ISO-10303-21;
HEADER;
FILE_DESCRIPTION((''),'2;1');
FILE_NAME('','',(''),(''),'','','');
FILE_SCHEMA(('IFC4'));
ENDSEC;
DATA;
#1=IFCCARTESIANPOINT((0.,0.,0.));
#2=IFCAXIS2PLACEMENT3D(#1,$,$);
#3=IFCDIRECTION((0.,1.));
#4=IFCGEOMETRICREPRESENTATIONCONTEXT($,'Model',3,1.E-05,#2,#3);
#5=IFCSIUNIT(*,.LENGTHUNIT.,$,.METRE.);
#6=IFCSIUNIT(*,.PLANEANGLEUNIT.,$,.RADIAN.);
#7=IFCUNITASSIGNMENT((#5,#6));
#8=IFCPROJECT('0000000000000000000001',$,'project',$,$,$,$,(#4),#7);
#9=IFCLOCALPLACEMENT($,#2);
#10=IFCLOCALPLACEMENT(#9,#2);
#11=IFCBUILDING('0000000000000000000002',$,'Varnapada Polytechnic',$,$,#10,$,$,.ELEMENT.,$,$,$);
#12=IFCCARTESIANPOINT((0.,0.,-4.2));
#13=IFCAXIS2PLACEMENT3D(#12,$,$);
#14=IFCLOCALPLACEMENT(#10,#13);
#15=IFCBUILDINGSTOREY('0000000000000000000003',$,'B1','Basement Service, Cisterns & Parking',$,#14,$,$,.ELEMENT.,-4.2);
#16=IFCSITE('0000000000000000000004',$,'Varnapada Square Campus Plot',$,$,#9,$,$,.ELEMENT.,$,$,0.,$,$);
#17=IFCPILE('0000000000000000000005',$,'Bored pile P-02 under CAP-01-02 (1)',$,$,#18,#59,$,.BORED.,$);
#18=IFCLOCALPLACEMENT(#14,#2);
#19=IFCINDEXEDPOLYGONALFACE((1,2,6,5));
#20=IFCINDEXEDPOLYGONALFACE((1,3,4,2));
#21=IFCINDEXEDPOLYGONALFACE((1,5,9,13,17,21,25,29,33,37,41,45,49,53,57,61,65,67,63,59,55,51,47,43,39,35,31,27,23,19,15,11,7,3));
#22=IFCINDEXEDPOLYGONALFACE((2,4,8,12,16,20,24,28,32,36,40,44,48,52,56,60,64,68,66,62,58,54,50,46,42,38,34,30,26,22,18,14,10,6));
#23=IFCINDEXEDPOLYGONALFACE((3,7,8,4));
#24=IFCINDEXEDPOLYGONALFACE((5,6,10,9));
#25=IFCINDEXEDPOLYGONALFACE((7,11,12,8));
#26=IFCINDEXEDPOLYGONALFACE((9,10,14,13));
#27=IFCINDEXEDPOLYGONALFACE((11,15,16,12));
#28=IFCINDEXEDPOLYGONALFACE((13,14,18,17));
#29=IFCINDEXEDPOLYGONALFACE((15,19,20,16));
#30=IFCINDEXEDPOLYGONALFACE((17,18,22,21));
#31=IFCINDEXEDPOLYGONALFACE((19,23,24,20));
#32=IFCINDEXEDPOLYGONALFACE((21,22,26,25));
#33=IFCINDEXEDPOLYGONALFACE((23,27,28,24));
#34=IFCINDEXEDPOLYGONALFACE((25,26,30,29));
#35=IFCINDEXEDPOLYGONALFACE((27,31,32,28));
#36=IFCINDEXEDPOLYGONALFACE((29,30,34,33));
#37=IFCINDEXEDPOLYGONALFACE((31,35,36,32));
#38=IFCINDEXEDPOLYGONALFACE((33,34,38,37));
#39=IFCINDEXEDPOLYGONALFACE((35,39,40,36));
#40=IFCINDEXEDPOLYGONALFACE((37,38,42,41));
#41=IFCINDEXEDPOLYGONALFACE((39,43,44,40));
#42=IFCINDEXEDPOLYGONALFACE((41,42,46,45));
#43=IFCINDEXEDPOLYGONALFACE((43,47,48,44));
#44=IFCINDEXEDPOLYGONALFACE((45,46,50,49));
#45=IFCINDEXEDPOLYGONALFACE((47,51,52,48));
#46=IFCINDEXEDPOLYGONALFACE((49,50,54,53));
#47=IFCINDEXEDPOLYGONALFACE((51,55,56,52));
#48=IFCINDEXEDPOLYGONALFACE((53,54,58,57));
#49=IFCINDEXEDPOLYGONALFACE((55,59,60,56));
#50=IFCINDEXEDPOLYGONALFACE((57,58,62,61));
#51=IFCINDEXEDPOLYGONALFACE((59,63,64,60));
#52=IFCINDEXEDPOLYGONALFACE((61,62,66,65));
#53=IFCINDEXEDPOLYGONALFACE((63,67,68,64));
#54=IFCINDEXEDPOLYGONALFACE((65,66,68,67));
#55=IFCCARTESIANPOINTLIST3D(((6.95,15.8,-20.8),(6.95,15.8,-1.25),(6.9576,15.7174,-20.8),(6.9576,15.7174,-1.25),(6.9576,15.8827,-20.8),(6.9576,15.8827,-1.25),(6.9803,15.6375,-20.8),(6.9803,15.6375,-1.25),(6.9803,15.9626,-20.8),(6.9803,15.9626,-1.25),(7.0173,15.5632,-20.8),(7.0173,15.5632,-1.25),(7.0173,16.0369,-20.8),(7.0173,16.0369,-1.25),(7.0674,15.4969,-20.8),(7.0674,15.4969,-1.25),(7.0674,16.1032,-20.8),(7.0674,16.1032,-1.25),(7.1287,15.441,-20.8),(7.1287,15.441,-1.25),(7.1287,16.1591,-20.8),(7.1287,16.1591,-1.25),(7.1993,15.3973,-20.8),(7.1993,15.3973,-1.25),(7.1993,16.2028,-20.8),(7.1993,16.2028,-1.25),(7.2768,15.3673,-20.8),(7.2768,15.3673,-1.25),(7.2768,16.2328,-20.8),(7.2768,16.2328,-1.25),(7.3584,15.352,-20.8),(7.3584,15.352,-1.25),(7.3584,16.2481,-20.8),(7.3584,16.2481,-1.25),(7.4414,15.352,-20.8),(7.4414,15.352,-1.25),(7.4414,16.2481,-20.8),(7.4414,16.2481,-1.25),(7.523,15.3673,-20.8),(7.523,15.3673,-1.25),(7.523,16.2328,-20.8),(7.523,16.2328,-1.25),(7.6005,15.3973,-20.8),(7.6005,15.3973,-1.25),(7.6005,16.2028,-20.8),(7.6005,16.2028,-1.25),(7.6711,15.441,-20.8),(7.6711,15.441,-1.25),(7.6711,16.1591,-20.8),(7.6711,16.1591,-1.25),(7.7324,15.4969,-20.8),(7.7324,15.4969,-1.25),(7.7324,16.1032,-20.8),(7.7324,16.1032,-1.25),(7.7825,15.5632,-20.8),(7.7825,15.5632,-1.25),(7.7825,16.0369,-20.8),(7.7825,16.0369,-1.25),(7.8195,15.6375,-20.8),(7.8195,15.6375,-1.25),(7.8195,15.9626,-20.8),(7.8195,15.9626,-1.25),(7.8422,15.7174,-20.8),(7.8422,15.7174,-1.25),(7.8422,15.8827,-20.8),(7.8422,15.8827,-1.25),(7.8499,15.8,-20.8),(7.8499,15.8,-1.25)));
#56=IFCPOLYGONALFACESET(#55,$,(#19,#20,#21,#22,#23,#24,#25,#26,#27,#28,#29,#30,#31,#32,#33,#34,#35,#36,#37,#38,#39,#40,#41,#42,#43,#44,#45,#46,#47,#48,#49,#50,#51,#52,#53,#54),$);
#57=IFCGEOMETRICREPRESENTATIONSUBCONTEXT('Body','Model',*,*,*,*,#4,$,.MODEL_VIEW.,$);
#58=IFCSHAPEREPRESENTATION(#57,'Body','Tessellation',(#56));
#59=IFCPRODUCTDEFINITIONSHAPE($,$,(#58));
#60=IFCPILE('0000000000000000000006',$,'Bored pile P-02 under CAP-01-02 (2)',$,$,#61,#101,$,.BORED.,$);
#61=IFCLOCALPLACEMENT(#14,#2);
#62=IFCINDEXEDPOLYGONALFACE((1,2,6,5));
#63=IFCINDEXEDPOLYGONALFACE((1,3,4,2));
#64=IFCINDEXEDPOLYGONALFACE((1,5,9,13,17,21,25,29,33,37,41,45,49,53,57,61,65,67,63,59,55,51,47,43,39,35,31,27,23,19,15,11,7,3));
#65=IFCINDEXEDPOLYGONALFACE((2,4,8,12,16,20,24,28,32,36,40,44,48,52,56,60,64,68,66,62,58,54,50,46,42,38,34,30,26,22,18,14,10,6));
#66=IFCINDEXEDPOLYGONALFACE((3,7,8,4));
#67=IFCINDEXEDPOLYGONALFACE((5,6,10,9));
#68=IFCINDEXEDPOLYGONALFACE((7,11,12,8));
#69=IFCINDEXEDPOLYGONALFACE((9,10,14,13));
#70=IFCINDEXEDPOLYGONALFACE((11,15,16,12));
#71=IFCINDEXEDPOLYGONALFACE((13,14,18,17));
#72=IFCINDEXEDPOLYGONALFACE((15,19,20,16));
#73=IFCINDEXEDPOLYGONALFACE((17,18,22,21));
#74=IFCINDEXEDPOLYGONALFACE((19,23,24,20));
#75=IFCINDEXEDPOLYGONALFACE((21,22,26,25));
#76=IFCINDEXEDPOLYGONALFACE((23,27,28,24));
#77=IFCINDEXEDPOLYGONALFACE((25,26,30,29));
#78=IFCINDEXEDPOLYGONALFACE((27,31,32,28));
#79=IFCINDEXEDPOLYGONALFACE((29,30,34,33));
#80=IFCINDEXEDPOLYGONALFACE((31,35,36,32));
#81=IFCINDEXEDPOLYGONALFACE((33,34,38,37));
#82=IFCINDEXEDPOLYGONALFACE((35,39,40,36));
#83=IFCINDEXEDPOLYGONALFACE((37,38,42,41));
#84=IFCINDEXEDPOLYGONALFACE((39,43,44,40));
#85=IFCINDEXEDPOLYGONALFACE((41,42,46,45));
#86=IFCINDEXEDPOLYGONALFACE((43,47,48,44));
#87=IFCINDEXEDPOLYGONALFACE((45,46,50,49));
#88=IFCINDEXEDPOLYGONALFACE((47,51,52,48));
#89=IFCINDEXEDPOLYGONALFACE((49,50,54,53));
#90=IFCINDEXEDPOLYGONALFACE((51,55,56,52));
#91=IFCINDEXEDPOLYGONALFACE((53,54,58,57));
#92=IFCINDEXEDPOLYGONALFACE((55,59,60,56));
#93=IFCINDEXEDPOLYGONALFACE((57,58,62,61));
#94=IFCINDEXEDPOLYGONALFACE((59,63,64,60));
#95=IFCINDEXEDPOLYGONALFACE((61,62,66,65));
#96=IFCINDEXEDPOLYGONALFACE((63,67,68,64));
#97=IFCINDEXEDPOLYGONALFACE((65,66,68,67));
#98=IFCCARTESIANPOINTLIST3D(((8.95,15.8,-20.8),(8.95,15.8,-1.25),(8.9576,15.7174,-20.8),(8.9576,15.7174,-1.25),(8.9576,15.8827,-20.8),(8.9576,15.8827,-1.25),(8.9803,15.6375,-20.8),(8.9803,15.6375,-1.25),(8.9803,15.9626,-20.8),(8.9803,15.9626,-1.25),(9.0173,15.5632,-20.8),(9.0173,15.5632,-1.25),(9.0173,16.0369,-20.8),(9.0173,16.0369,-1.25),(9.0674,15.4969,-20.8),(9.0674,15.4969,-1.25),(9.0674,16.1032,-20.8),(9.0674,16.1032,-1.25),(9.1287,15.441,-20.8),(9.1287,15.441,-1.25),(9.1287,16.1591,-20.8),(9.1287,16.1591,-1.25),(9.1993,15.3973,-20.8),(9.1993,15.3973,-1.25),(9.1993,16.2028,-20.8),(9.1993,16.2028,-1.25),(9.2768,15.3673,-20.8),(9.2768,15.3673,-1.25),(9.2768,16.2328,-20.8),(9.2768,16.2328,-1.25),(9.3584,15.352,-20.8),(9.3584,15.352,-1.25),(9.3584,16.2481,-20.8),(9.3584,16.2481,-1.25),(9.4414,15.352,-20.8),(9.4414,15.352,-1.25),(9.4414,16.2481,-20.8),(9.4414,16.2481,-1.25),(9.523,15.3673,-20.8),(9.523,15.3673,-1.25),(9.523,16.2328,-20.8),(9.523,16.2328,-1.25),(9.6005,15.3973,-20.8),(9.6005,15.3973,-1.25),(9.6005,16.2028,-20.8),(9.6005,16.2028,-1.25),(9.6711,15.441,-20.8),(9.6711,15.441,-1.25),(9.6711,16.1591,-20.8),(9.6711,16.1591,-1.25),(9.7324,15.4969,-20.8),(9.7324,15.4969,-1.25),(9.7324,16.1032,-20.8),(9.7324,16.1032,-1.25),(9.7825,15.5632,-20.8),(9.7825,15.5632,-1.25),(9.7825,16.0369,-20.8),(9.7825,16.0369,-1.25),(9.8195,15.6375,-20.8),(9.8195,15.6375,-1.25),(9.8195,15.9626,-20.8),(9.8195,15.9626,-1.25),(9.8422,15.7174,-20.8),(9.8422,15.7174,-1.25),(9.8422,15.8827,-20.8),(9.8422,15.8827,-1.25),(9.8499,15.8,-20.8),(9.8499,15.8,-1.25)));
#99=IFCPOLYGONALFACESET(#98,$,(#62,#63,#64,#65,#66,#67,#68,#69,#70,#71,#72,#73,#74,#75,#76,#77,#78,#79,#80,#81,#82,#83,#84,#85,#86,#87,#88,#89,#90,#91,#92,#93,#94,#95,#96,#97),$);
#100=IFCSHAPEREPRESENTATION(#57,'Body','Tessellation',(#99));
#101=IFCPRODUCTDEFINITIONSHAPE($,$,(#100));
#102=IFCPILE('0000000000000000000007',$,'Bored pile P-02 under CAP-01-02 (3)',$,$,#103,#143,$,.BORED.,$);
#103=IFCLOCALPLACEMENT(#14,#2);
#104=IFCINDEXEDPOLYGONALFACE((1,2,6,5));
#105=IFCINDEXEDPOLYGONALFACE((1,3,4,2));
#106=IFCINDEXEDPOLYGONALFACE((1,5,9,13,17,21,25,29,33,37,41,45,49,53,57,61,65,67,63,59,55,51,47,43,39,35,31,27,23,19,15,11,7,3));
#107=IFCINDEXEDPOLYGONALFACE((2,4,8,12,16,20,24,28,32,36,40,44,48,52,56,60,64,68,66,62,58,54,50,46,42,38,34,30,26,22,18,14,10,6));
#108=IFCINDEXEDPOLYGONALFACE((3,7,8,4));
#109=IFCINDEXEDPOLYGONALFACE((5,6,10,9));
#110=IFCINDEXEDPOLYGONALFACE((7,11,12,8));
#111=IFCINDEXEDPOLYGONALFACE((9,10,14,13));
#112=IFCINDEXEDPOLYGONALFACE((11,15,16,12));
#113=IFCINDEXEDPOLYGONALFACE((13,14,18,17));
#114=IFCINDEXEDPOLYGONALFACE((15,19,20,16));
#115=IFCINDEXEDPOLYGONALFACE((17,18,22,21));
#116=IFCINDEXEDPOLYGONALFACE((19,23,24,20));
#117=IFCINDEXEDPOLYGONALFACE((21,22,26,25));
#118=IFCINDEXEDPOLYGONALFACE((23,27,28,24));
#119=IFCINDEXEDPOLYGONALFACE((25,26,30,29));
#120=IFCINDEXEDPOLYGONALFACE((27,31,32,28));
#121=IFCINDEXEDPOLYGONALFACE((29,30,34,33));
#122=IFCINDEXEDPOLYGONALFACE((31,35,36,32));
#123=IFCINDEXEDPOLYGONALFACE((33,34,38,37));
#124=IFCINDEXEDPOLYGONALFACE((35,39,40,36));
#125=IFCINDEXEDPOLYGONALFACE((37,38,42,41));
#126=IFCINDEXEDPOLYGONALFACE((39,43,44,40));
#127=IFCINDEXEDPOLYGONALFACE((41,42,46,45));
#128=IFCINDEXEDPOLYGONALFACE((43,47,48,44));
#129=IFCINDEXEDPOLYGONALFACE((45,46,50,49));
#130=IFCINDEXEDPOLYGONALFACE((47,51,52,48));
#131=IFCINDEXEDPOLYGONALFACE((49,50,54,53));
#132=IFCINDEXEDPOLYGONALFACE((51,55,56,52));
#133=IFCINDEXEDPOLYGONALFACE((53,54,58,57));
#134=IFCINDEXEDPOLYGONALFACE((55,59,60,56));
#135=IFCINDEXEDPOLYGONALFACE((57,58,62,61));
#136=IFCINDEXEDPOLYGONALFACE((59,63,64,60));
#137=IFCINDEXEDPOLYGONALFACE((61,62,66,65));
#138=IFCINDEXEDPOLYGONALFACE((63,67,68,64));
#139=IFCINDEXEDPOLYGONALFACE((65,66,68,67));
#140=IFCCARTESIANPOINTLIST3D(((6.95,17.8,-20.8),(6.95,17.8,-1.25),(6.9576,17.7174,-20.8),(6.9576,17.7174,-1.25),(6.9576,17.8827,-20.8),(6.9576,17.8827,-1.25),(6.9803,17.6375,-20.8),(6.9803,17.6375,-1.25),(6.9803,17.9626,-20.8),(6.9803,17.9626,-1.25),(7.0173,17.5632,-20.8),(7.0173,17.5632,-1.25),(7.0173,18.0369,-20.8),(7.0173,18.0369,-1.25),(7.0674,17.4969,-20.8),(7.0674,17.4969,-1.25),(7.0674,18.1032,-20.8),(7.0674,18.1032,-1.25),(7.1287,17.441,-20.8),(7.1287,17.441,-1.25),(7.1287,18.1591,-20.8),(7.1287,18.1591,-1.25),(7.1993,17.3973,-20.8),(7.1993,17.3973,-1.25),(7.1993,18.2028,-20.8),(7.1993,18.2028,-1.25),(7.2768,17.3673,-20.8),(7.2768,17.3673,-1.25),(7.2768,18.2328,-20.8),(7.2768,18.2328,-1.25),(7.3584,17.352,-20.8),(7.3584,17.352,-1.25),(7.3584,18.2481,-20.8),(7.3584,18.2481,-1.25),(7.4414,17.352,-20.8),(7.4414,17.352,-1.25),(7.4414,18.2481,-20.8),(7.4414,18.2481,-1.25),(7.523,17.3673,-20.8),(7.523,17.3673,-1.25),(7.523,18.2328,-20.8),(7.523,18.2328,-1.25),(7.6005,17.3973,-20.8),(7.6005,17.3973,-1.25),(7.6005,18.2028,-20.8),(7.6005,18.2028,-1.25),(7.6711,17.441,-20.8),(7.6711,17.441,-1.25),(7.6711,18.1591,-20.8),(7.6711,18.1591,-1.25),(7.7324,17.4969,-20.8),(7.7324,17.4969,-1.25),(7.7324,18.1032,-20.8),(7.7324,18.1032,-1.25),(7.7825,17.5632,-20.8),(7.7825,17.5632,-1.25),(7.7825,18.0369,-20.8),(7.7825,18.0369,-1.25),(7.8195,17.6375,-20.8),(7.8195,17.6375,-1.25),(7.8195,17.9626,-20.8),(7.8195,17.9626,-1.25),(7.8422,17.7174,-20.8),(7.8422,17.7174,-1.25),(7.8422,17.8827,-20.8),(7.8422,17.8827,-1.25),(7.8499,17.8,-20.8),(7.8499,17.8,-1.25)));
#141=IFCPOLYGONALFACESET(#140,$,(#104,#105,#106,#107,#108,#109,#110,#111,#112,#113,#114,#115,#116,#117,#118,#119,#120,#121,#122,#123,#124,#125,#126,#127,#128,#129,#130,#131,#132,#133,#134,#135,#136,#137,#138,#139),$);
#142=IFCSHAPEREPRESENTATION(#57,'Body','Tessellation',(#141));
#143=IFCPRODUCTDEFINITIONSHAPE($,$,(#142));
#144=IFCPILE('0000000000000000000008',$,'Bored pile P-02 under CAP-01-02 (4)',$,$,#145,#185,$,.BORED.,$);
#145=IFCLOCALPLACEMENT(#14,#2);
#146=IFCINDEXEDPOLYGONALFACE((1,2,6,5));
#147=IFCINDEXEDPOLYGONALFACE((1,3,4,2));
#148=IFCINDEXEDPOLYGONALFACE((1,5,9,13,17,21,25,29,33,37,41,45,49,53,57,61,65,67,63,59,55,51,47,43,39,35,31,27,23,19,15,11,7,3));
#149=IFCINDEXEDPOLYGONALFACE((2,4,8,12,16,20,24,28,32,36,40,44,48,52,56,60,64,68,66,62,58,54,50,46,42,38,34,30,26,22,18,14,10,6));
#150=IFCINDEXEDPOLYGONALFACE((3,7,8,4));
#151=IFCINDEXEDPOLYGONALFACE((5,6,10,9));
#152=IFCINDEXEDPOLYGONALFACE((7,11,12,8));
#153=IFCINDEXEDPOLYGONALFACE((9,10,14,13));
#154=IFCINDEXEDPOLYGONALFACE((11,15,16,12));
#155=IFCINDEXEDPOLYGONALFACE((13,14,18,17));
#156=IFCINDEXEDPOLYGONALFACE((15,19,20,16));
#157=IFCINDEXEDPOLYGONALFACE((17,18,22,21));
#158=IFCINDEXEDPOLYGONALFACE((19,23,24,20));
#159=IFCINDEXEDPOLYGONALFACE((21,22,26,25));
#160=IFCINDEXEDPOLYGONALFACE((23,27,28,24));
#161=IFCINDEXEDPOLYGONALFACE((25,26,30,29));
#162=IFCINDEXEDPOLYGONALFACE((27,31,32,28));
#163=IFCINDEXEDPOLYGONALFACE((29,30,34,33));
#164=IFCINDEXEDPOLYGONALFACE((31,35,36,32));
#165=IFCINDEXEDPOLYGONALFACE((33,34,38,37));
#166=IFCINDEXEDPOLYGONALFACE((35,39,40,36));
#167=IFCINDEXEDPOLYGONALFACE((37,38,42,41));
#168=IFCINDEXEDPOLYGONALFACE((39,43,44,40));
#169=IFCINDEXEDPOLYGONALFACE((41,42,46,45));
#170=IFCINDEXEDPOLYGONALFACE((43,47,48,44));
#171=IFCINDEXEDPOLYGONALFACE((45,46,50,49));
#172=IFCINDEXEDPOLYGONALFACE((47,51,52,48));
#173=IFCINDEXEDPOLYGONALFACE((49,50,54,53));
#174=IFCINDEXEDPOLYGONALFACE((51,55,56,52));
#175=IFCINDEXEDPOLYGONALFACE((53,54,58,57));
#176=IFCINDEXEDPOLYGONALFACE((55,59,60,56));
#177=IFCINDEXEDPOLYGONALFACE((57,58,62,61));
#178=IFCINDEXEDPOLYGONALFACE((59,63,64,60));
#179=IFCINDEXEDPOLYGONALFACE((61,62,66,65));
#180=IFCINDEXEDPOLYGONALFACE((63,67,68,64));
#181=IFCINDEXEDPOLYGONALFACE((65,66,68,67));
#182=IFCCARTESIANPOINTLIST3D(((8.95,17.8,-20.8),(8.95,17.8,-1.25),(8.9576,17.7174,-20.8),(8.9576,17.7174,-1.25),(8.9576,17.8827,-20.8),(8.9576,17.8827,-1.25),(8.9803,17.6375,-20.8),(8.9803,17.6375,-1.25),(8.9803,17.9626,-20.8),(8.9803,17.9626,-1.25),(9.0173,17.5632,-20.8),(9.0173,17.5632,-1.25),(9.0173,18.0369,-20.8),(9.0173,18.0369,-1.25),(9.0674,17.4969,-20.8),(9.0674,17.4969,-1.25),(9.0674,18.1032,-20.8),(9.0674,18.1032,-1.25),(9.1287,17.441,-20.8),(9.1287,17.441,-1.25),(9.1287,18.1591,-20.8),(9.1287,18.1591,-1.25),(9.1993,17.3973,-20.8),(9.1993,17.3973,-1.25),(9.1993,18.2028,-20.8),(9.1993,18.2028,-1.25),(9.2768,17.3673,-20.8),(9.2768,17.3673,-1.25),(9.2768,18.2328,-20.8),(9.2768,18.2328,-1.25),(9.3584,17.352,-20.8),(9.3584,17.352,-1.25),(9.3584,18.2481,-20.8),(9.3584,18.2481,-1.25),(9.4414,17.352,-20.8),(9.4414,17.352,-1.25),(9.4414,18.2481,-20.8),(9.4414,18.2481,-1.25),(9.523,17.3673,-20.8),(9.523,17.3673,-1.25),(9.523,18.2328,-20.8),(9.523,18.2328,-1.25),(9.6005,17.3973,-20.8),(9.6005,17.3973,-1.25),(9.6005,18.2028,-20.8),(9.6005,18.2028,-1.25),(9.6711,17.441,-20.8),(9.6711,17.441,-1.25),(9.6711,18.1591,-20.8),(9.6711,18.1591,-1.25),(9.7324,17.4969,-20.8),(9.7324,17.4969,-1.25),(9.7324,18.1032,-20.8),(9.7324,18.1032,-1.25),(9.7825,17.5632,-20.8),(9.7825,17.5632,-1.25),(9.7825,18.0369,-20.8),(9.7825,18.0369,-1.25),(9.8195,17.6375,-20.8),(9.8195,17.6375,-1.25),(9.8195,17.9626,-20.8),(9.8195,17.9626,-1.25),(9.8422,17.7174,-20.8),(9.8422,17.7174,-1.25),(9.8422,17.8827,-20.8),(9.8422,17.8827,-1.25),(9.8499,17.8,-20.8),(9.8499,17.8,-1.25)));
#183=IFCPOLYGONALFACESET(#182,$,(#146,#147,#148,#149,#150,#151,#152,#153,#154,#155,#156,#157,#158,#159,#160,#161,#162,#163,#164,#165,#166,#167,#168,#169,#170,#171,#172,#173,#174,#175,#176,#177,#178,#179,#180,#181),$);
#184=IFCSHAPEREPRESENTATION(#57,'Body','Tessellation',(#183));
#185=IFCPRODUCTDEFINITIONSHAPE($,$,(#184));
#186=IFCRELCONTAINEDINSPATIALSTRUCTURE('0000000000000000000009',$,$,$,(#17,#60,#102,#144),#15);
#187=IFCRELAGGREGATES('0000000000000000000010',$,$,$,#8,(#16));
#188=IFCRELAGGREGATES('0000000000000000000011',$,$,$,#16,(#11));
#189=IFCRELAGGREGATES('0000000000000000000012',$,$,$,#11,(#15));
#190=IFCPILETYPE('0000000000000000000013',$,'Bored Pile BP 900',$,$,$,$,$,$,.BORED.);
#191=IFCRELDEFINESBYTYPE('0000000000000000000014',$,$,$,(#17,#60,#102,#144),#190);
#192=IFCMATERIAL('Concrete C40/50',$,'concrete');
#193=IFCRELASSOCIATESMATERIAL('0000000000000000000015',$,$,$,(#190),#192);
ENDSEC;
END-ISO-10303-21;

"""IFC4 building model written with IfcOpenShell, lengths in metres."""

from ifc_helpers import new_model, si_unit, direction, frame, origin, origin_2d, place, context, subcontext, project, spatial, circle, extrude, material, material_profile, profile_set, type_object, element, save


model = new_model("IFC4")

# Units and contexts
model_context = context("Model", 3, precision=1e-05, world=origin(), true_north=direction((0.0, 1.0)))
body_context = subcontext(model_context, "Body", "Model", "MODEL_VIEW")
ifc_project = project(units=[si_unit("LENGTHUNIT", "METRE"), si_unit("PLANEANGLEUNIT", "RADIAN")], contexts=[model_context])

# Site, building, storey
site_placement = place(None, origin())
site = spatial("IfcSite", under=ifc_project, at=site_placement, Name="Varnapada Square Campus Plot", CompositionType="ELEMENT", RefElevation=0.0)
building_placement = place(site_placement, origin())
building = spatial("IfcBuilding", under=site, at=building_placement, Name="Varnapada Polytechnic", CompositionType="ELEMENT")
storey_placement = place(building_placement, frame((0.0, 0.0, -4.2)))
storey = spatial("IfcBuildingStorey", under=building, at=storey_placement, Name="B1", Description="Basement Service, Cisterns & Parking", CompositionType="ELEMENT", Elevation=-4.2)

# Piles
ifc_material_1 = material(Name="Concrete C40/50", Category="concrete")
ifc_material_profile_1 = material_profile(ifc_material_1, circle(Radius=0.45, at=origin_2d()), Name="BP 900")
ifc_profile_set_1 = profile_set([ifc_material_profile_1], Name="Concrete C40/50")
pile_type_1 = type_object("IfcPileType", Name="Bored Pile BP 900", PredefinedType="BORED", material=ifc_profile_set_1)
for number, where, z_axis, x_axis, name in (
    (1, (7.3999, 15.8, -1.25), (0.0, 0.0, -1.0), (1.0, 0.0, 0.0), "Bored pile P-02 under CAP-01-02 (1)"),
    (2, (9.3999, 15.8, -1.25), (0.0, 0.0, -1.0), (1.0, 0.0, 0.0), "Bored pile P-02 under CAP-01-02 (2)"),
    (3, (7.3999, 17.8, -1.25), (0.0, 0.0, -1.0), (1.0, 0.0, 0.0), "Bored pile P-02 under CAP-01-02 (3)"),
    (4, (9.3999, 17.8, -1.25), (0.0, 0.0, -1.0), (1.0, 0.0, 0.0), "Bored pile P-02 under CAP-01-02 (4)"),
):
    element("IfcPile", number, at=place(storey_placement, frame(where, z_axis=z_axis, x_axis=x_axis)), inside=storey, type_object=pile_type_1, Name=name, PredefinedType="BORED", context=body_context, shape_type="SweptSolid", body=[
        extrude(circle(Radius=0.45, at=origin_2d()), origin(), (0.0, 0.0, 1.0), 19.55),
    ])

save(model, "model.ifc")
